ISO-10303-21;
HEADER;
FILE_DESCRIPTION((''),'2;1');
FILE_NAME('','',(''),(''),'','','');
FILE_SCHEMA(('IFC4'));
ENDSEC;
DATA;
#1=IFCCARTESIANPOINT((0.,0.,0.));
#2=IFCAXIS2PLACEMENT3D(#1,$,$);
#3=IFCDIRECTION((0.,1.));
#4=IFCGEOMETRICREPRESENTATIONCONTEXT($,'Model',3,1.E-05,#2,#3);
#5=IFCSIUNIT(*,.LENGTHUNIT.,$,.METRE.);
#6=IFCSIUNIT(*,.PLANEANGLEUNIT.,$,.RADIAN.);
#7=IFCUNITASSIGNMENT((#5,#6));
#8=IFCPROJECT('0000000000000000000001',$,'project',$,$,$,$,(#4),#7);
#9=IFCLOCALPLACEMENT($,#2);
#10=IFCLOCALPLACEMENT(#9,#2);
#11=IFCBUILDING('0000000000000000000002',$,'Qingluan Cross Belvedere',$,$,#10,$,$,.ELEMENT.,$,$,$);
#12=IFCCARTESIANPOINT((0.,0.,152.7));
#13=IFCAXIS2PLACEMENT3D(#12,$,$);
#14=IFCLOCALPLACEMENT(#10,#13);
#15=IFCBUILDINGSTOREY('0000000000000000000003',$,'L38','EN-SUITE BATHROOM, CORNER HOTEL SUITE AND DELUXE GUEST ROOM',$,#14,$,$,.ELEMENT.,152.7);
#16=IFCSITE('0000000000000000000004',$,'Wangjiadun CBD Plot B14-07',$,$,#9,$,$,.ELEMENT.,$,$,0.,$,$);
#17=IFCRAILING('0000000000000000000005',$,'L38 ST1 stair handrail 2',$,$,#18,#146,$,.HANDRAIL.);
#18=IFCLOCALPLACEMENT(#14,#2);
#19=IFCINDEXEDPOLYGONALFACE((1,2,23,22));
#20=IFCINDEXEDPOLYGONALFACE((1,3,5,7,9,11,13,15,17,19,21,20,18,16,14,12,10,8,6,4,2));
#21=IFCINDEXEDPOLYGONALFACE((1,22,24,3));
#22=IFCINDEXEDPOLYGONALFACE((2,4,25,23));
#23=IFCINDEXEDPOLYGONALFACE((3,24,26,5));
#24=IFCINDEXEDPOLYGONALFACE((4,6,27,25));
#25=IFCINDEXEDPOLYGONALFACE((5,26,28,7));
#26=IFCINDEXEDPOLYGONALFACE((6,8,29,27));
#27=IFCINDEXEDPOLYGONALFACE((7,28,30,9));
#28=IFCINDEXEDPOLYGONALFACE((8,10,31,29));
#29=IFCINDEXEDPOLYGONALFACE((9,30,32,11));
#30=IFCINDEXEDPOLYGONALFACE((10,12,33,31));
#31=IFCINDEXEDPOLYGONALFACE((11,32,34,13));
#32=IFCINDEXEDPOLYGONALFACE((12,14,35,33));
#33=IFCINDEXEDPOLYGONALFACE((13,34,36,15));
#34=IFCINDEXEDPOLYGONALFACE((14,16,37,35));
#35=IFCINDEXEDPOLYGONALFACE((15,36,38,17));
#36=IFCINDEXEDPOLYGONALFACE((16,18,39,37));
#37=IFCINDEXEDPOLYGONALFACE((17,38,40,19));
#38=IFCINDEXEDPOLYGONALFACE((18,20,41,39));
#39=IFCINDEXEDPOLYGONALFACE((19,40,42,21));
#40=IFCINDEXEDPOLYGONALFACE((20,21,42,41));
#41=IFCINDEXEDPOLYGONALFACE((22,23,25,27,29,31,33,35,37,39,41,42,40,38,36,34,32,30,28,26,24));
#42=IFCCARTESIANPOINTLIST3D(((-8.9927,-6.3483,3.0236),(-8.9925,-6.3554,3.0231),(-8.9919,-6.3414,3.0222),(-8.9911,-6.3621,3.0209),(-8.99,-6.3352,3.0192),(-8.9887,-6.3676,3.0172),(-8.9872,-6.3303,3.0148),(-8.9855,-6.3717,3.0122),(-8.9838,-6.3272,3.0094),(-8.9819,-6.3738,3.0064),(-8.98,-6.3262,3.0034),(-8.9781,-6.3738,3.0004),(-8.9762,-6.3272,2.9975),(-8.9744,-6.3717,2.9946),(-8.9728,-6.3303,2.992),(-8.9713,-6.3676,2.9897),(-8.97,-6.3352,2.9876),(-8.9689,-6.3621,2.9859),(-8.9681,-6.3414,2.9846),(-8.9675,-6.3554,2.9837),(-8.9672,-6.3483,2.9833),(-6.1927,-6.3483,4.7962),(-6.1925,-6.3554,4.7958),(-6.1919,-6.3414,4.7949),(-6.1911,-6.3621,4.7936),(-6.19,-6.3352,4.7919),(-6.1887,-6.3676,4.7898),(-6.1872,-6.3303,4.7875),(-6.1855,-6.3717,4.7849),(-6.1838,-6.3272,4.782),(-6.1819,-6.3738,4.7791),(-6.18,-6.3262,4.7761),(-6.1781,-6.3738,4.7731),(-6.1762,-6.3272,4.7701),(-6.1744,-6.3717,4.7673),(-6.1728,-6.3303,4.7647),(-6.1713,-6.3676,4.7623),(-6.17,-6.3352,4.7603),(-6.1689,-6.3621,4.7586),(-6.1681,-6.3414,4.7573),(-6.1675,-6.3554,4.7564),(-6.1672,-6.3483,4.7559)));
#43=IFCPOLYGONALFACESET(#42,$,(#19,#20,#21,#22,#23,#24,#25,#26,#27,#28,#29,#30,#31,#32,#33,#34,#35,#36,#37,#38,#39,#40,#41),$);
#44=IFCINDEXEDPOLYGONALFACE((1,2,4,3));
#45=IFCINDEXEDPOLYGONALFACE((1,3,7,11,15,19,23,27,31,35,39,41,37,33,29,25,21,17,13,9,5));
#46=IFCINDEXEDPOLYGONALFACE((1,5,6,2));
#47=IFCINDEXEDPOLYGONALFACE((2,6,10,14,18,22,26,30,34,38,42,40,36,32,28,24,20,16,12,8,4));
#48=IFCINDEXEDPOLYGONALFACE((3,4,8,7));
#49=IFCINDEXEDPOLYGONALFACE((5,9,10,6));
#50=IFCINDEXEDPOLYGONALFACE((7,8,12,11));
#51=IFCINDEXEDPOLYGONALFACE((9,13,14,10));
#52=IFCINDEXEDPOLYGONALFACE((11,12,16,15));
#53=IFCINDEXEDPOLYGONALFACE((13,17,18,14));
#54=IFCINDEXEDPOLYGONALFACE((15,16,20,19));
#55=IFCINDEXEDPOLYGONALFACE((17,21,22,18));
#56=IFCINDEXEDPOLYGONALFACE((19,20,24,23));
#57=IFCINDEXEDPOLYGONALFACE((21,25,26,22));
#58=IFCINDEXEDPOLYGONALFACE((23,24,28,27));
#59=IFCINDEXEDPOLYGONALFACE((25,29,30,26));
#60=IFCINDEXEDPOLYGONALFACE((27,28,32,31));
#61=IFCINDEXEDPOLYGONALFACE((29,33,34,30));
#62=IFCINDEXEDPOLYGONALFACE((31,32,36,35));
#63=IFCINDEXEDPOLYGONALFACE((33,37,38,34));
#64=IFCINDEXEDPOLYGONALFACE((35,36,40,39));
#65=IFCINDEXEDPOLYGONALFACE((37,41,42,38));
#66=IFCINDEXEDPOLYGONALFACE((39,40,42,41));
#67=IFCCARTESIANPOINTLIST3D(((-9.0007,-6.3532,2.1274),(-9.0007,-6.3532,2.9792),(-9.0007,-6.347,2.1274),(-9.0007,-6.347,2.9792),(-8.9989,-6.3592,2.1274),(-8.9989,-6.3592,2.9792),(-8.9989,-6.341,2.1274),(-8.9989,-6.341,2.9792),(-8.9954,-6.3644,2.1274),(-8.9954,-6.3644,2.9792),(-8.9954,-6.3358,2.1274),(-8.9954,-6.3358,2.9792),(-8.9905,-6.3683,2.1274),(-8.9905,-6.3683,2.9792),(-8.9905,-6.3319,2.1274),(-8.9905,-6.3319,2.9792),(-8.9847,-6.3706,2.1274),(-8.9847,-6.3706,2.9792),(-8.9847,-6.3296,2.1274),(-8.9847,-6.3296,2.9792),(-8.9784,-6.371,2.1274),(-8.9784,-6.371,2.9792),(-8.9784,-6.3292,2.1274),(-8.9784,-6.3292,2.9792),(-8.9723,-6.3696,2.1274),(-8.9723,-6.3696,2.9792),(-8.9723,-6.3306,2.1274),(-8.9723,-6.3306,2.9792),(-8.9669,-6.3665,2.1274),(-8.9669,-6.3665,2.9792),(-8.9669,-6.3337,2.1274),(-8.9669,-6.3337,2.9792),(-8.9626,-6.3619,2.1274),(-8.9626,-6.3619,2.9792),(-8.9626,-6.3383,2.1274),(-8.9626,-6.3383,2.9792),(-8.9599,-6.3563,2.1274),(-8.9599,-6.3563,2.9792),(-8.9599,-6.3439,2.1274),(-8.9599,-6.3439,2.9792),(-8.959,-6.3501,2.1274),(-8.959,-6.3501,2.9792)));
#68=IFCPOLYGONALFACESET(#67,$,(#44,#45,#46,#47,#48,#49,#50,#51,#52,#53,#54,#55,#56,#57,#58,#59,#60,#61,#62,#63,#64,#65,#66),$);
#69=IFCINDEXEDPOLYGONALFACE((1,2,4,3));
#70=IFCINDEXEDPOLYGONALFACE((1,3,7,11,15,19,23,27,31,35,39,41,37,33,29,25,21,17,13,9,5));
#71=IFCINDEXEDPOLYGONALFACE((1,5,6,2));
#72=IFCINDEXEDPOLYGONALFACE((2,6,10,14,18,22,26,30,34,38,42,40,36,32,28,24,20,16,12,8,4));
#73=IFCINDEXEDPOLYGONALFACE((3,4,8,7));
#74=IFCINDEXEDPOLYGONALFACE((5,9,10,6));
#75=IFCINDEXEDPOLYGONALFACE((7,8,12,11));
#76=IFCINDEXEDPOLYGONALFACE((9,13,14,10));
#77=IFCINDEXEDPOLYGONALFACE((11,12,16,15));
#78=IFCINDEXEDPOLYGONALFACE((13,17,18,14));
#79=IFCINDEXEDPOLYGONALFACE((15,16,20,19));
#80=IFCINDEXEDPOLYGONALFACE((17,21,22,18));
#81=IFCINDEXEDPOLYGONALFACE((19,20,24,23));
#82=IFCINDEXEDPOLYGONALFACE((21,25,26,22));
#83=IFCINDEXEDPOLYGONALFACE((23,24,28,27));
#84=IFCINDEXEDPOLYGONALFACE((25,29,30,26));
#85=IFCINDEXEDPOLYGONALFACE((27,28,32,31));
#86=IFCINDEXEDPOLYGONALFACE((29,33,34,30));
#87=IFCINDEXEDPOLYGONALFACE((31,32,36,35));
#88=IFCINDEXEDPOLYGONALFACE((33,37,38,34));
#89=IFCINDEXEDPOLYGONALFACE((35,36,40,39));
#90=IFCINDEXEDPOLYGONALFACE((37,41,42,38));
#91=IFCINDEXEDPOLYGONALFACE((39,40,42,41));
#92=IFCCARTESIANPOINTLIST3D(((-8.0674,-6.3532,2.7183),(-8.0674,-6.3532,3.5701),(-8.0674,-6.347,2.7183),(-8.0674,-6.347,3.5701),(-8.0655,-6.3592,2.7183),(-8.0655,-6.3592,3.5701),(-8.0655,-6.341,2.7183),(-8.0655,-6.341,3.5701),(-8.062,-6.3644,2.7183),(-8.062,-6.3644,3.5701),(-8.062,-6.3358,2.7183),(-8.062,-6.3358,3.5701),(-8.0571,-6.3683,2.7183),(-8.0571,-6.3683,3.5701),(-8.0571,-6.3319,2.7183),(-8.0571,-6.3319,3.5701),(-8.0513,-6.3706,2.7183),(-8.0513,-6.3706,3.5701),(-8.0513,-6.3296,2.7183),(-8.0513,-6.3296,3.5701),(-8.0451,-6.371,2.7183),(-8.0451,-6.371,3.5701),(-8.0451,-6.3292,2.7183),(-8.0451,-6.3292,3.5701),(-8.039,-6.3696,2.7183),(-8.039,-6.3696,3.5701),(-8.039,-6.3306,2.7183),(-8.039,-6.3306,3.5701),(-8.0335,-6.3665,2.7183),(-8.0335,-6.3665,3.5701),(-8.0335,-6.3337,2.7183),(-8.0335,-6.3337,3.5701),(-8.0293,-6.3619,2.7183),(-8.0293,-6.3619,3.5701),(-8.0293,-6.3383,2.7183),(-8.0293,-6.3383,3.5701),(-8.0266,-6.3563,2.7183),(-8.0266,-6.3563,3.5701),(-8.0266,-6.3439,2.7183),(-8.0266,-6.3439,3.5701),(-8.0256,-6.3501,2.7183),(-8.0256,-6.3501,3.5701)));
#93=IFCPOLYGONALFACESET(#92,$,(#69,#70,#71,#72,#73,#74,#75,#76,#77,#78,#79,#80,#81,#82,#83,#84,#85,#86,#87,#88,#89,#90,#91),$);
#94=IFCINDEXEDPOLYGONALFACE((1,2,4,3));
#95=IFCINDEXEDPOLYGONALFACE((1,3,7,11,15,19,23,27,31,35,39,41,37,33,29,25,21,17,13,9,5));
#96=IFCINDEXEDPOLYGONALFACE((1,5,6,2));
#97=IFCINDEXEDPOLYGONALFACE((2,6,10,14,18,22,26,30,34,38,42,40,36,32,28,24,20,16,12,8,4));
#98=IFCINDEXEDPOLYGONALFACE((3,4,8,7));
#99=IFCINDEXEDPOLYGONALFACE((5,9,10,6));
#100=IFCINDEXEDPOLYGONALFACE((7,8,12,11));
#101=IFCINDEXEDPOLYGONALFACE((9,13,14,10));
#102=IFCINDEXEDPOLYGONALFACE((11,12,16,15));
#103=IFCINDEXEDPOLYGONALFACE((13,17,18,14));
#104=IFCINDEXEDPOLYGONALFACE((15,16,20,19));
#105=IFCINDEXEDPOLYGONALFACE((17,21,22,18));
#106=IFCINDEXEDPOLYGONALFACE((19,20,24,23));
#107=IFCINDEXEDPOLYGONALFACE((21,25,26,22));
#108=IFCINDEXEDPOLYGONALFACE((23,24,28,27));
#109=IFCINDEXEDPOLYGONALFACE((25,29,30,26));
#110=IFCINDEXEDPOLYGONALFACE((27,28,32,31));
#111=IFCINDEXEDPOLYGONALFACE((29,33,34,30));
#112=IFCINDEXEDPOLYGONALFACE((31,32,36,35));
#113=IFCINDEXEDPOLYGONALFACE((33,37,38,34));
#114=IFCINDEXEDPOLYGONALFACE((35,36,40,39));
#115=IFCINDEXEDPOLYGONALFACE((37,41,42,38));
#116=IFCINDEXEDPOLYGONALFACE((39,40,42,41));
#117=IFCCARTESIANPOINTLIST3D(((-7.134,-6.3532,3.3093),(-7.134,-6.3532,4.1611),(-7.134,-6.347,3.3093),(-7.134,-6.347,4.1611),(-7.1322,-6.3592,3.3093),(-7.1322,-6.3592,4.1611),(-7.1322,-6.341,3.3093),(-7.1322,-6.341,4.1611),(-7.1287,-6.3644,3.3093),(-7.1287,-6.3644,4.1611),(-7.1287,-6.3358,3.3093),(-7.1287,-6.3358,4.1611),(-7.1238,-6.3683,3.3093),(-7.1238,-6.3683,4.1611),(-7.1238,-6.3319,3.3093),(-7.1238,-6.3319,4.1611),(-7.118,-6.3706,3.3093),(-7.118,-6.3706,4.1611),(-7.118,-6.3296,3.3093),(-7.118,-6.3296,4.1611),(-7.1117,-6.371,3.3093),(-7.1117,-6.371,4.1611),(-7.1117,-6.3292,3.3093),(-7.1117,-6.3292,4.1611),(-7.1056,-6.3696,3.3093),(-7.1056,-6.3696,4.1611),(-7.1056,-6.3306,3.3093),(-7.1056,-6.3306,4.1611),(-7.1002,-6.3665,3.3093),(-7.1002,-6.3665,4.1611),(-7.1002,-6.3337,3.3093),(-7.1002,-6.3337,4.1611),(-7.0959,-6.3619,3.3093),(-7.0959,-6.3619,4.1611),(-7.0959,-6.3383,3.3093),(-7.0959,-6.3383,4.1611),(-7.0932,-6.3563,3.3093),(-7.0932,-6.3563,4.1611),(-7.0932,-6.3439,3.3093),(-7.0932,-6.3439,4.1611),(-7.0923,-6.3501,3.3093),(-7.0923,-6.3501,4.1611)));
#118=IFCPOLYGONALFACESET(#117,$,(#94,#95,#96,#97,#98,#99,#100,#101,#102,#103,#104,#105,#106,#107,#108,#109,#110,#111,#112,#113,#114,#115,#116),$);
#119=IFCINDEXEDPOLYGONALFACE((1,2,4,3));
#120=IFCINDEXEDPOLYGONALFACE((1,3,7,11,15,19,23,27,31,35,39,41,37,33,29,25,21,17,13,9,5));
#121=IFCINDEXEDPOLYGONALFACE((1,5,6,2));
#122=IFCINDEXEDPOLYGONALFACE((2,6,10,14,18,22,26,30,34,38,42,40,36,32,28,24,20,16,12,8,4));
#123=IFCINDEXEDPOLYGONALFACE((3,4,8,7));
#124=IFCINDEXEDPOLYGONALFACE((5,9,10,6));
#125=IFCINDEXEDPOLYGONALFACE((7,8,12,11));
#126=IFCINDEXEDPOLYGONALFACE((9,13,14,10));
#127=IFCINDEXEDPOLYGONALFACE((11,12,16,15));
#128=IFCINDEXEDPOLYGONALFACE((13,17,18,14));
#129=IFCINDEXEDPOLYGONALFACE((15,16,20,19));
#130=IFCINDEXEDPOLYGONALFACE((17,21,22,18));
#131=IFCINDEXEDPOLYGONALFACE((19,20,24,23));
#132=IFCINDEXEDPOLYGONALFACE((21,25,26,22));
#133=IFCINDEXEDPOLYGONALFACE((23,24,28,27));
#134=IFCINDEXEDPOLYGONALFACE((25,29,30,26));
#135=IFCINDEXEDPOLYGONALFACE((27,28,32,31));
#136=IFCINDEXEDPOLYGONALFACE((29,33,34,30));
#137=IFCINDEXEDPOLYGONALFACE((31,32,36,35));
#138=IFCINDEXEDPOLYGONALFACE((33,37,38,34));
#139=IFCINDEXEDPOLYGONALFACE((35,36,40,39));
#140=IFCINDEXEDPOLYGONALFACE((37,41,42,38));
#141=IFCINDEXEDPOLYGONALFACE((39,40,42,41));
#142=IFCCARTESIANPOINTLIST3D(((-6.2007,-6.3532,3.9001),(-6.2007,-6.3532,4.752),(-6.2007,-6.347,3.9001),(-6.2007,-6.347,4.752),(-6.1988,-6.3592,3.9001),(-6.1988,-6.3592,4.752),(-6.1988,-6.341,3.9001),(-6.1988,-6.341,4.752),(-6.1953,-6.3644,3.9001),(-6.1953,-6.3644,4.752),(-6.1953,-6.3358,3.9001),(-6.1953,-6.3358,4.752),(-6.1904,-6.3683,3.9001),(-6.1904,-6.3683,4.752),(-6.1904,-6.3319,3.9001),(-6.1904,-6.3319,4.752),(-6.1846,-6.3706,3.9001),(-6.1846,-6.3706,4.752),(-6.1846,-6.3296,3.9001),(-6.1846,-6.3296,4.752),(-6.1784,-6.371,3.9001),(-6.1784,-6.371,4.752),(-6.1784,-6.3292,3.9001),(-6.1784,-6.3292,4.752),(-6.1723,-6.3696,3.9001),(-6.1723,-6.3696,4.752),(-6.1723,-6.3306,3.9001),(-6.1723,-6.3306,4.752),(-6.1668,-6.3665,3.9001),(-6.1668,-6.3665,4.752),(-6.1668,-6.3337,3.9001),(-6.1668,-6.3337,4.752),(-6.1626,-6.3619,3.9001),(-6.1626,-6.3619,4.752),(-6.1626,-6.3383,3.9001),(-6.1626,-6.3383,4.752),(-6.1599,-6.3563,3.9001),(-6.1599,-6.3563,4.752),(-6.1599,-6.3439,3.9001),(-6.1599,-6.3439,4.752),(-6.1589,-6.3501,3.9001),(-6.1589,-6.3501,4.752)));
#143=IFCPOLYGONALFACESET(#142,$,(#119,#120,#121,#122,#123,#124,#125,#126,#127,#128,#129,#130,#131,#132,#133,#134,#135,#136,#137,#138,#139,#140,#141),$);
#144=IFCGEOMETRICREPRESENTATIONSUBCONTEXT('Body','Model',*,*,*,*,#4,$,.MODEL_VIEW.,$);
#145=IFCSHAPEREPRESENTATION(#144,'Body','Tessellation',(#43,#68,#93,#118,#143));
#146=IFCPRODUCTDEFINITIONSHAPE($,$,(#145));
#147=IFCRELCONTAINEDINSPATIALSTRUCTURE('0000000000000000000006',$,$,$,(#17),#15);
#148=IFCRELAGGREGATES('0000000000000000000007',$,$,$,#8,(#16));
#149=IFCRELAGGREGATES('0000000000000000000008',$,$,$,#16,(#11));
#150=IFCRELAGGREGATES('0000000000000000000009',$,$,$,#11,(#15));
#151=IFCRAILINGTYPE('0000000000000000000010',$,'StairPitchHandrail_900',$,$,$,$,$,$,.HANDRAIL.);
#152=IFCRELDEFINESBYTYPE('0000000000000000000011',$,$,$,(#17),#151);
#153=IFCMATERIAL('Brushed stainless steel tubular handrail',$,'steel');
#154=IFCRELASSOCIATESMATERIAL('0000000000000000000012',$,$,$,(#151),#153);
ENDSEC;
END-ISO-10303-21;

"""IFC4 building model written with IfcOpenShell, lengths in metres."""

from ifc_helpers import new_model, si_unit, direction, frame, origin, origin_2d, place, context, subcontext, project, spatial, circle, extrude, material, type_object, element, save


model = new_model("IFC4")

# Units and contexts
model_context = context("Model", 3, precision=1e-05, world=origin(), true_north=direction((0.0, 1.0)))
body_context = subcontext(model_context, "Body", "Model", "MODEL_VIEW")
ifc_project = project(units=[si_unit("LENGTHUNIT", "METRE"), si_unit("PLANEANGLEUNIT", "RADIAN")], contexts=[model_context])

# Site, building, storey
site_placement = place(None, origin())
site = spatial("IfcSite", under=ifc_project, at=site_placement, Name="Wangjiadun CBD Plot B14-07", CompositionType="ELEMENT", RefElevation=0.0)
building_placement = place(site_placement, origin())
building = spatial("IfcBuilding", under=site, at=building_placement, Name="Qingluan Cross Belvedere", CompositionType="ELEMENT")
storey_placement = place(building_placement, frame((0.0, 0.0, 152.7)))
storey = spatial("IfcBuildingStorey", under=building, at=storey_placement, Name="L38", Description="EN-SUITE BATHROOM, CORNER HOTEL SUITE AND DELUXE GUEST ROOM", CompositionType="ELEMENT", Elevation=152.7)

# Railing
ifc_material_1 = material(Name="Brushed stainless steel tubular handrail", Category="steel")
railing_type_1 = type_object("IfcRailingType", Name="StairPitchHandrail_900", PredefinedType="HANDRAIL", material=ifc_material_1)
railing_1_placement = place(storey_placement, frame((-8.98, -6.3501, 2.1274)))
element("IfcRailing", 1, at=railing_1_placement, inside=storey, type_object=railing_type_1, Name="L38 ST1 stair handrail 2", PredefinedType="HANDRAIL", context=body_context, shape_type="SweptSolid", body=[
    extrude(circle(Radius=0.0239, at=origin_2d()), frame((0.0, 0.0, 0.876), z_axis=(0.844909, 0.0, 0.53491), x_axis=(0.0, 1.0, 0.0)), (0.0, 0.0, 1.0), 3.314),
    extrude(circle(Radius=0.021, at=origin_2d()), origin(), (0.0, 0.0, 1.0), 0.8518),
    extrude(circle(Radius=0.021, at=origin_2d()), frame((0.9333, 0.0, 0.5908)), (0.0, 0.0, 1.0), 0.8518),
    extrude(circle(Radius=0.021, at=origin_2d()), frame((1.8667, 0.0, 1.1819)), (0.0, 0.0, 1.0), 0.8518),
    extrude(circle(Radius=0.021, at=origin_2d()), frame((2.8, 0.0, 1.7727)), (0.0, 0.0, 1.0), 0.8518),
])

save(model, "model.ifc")
